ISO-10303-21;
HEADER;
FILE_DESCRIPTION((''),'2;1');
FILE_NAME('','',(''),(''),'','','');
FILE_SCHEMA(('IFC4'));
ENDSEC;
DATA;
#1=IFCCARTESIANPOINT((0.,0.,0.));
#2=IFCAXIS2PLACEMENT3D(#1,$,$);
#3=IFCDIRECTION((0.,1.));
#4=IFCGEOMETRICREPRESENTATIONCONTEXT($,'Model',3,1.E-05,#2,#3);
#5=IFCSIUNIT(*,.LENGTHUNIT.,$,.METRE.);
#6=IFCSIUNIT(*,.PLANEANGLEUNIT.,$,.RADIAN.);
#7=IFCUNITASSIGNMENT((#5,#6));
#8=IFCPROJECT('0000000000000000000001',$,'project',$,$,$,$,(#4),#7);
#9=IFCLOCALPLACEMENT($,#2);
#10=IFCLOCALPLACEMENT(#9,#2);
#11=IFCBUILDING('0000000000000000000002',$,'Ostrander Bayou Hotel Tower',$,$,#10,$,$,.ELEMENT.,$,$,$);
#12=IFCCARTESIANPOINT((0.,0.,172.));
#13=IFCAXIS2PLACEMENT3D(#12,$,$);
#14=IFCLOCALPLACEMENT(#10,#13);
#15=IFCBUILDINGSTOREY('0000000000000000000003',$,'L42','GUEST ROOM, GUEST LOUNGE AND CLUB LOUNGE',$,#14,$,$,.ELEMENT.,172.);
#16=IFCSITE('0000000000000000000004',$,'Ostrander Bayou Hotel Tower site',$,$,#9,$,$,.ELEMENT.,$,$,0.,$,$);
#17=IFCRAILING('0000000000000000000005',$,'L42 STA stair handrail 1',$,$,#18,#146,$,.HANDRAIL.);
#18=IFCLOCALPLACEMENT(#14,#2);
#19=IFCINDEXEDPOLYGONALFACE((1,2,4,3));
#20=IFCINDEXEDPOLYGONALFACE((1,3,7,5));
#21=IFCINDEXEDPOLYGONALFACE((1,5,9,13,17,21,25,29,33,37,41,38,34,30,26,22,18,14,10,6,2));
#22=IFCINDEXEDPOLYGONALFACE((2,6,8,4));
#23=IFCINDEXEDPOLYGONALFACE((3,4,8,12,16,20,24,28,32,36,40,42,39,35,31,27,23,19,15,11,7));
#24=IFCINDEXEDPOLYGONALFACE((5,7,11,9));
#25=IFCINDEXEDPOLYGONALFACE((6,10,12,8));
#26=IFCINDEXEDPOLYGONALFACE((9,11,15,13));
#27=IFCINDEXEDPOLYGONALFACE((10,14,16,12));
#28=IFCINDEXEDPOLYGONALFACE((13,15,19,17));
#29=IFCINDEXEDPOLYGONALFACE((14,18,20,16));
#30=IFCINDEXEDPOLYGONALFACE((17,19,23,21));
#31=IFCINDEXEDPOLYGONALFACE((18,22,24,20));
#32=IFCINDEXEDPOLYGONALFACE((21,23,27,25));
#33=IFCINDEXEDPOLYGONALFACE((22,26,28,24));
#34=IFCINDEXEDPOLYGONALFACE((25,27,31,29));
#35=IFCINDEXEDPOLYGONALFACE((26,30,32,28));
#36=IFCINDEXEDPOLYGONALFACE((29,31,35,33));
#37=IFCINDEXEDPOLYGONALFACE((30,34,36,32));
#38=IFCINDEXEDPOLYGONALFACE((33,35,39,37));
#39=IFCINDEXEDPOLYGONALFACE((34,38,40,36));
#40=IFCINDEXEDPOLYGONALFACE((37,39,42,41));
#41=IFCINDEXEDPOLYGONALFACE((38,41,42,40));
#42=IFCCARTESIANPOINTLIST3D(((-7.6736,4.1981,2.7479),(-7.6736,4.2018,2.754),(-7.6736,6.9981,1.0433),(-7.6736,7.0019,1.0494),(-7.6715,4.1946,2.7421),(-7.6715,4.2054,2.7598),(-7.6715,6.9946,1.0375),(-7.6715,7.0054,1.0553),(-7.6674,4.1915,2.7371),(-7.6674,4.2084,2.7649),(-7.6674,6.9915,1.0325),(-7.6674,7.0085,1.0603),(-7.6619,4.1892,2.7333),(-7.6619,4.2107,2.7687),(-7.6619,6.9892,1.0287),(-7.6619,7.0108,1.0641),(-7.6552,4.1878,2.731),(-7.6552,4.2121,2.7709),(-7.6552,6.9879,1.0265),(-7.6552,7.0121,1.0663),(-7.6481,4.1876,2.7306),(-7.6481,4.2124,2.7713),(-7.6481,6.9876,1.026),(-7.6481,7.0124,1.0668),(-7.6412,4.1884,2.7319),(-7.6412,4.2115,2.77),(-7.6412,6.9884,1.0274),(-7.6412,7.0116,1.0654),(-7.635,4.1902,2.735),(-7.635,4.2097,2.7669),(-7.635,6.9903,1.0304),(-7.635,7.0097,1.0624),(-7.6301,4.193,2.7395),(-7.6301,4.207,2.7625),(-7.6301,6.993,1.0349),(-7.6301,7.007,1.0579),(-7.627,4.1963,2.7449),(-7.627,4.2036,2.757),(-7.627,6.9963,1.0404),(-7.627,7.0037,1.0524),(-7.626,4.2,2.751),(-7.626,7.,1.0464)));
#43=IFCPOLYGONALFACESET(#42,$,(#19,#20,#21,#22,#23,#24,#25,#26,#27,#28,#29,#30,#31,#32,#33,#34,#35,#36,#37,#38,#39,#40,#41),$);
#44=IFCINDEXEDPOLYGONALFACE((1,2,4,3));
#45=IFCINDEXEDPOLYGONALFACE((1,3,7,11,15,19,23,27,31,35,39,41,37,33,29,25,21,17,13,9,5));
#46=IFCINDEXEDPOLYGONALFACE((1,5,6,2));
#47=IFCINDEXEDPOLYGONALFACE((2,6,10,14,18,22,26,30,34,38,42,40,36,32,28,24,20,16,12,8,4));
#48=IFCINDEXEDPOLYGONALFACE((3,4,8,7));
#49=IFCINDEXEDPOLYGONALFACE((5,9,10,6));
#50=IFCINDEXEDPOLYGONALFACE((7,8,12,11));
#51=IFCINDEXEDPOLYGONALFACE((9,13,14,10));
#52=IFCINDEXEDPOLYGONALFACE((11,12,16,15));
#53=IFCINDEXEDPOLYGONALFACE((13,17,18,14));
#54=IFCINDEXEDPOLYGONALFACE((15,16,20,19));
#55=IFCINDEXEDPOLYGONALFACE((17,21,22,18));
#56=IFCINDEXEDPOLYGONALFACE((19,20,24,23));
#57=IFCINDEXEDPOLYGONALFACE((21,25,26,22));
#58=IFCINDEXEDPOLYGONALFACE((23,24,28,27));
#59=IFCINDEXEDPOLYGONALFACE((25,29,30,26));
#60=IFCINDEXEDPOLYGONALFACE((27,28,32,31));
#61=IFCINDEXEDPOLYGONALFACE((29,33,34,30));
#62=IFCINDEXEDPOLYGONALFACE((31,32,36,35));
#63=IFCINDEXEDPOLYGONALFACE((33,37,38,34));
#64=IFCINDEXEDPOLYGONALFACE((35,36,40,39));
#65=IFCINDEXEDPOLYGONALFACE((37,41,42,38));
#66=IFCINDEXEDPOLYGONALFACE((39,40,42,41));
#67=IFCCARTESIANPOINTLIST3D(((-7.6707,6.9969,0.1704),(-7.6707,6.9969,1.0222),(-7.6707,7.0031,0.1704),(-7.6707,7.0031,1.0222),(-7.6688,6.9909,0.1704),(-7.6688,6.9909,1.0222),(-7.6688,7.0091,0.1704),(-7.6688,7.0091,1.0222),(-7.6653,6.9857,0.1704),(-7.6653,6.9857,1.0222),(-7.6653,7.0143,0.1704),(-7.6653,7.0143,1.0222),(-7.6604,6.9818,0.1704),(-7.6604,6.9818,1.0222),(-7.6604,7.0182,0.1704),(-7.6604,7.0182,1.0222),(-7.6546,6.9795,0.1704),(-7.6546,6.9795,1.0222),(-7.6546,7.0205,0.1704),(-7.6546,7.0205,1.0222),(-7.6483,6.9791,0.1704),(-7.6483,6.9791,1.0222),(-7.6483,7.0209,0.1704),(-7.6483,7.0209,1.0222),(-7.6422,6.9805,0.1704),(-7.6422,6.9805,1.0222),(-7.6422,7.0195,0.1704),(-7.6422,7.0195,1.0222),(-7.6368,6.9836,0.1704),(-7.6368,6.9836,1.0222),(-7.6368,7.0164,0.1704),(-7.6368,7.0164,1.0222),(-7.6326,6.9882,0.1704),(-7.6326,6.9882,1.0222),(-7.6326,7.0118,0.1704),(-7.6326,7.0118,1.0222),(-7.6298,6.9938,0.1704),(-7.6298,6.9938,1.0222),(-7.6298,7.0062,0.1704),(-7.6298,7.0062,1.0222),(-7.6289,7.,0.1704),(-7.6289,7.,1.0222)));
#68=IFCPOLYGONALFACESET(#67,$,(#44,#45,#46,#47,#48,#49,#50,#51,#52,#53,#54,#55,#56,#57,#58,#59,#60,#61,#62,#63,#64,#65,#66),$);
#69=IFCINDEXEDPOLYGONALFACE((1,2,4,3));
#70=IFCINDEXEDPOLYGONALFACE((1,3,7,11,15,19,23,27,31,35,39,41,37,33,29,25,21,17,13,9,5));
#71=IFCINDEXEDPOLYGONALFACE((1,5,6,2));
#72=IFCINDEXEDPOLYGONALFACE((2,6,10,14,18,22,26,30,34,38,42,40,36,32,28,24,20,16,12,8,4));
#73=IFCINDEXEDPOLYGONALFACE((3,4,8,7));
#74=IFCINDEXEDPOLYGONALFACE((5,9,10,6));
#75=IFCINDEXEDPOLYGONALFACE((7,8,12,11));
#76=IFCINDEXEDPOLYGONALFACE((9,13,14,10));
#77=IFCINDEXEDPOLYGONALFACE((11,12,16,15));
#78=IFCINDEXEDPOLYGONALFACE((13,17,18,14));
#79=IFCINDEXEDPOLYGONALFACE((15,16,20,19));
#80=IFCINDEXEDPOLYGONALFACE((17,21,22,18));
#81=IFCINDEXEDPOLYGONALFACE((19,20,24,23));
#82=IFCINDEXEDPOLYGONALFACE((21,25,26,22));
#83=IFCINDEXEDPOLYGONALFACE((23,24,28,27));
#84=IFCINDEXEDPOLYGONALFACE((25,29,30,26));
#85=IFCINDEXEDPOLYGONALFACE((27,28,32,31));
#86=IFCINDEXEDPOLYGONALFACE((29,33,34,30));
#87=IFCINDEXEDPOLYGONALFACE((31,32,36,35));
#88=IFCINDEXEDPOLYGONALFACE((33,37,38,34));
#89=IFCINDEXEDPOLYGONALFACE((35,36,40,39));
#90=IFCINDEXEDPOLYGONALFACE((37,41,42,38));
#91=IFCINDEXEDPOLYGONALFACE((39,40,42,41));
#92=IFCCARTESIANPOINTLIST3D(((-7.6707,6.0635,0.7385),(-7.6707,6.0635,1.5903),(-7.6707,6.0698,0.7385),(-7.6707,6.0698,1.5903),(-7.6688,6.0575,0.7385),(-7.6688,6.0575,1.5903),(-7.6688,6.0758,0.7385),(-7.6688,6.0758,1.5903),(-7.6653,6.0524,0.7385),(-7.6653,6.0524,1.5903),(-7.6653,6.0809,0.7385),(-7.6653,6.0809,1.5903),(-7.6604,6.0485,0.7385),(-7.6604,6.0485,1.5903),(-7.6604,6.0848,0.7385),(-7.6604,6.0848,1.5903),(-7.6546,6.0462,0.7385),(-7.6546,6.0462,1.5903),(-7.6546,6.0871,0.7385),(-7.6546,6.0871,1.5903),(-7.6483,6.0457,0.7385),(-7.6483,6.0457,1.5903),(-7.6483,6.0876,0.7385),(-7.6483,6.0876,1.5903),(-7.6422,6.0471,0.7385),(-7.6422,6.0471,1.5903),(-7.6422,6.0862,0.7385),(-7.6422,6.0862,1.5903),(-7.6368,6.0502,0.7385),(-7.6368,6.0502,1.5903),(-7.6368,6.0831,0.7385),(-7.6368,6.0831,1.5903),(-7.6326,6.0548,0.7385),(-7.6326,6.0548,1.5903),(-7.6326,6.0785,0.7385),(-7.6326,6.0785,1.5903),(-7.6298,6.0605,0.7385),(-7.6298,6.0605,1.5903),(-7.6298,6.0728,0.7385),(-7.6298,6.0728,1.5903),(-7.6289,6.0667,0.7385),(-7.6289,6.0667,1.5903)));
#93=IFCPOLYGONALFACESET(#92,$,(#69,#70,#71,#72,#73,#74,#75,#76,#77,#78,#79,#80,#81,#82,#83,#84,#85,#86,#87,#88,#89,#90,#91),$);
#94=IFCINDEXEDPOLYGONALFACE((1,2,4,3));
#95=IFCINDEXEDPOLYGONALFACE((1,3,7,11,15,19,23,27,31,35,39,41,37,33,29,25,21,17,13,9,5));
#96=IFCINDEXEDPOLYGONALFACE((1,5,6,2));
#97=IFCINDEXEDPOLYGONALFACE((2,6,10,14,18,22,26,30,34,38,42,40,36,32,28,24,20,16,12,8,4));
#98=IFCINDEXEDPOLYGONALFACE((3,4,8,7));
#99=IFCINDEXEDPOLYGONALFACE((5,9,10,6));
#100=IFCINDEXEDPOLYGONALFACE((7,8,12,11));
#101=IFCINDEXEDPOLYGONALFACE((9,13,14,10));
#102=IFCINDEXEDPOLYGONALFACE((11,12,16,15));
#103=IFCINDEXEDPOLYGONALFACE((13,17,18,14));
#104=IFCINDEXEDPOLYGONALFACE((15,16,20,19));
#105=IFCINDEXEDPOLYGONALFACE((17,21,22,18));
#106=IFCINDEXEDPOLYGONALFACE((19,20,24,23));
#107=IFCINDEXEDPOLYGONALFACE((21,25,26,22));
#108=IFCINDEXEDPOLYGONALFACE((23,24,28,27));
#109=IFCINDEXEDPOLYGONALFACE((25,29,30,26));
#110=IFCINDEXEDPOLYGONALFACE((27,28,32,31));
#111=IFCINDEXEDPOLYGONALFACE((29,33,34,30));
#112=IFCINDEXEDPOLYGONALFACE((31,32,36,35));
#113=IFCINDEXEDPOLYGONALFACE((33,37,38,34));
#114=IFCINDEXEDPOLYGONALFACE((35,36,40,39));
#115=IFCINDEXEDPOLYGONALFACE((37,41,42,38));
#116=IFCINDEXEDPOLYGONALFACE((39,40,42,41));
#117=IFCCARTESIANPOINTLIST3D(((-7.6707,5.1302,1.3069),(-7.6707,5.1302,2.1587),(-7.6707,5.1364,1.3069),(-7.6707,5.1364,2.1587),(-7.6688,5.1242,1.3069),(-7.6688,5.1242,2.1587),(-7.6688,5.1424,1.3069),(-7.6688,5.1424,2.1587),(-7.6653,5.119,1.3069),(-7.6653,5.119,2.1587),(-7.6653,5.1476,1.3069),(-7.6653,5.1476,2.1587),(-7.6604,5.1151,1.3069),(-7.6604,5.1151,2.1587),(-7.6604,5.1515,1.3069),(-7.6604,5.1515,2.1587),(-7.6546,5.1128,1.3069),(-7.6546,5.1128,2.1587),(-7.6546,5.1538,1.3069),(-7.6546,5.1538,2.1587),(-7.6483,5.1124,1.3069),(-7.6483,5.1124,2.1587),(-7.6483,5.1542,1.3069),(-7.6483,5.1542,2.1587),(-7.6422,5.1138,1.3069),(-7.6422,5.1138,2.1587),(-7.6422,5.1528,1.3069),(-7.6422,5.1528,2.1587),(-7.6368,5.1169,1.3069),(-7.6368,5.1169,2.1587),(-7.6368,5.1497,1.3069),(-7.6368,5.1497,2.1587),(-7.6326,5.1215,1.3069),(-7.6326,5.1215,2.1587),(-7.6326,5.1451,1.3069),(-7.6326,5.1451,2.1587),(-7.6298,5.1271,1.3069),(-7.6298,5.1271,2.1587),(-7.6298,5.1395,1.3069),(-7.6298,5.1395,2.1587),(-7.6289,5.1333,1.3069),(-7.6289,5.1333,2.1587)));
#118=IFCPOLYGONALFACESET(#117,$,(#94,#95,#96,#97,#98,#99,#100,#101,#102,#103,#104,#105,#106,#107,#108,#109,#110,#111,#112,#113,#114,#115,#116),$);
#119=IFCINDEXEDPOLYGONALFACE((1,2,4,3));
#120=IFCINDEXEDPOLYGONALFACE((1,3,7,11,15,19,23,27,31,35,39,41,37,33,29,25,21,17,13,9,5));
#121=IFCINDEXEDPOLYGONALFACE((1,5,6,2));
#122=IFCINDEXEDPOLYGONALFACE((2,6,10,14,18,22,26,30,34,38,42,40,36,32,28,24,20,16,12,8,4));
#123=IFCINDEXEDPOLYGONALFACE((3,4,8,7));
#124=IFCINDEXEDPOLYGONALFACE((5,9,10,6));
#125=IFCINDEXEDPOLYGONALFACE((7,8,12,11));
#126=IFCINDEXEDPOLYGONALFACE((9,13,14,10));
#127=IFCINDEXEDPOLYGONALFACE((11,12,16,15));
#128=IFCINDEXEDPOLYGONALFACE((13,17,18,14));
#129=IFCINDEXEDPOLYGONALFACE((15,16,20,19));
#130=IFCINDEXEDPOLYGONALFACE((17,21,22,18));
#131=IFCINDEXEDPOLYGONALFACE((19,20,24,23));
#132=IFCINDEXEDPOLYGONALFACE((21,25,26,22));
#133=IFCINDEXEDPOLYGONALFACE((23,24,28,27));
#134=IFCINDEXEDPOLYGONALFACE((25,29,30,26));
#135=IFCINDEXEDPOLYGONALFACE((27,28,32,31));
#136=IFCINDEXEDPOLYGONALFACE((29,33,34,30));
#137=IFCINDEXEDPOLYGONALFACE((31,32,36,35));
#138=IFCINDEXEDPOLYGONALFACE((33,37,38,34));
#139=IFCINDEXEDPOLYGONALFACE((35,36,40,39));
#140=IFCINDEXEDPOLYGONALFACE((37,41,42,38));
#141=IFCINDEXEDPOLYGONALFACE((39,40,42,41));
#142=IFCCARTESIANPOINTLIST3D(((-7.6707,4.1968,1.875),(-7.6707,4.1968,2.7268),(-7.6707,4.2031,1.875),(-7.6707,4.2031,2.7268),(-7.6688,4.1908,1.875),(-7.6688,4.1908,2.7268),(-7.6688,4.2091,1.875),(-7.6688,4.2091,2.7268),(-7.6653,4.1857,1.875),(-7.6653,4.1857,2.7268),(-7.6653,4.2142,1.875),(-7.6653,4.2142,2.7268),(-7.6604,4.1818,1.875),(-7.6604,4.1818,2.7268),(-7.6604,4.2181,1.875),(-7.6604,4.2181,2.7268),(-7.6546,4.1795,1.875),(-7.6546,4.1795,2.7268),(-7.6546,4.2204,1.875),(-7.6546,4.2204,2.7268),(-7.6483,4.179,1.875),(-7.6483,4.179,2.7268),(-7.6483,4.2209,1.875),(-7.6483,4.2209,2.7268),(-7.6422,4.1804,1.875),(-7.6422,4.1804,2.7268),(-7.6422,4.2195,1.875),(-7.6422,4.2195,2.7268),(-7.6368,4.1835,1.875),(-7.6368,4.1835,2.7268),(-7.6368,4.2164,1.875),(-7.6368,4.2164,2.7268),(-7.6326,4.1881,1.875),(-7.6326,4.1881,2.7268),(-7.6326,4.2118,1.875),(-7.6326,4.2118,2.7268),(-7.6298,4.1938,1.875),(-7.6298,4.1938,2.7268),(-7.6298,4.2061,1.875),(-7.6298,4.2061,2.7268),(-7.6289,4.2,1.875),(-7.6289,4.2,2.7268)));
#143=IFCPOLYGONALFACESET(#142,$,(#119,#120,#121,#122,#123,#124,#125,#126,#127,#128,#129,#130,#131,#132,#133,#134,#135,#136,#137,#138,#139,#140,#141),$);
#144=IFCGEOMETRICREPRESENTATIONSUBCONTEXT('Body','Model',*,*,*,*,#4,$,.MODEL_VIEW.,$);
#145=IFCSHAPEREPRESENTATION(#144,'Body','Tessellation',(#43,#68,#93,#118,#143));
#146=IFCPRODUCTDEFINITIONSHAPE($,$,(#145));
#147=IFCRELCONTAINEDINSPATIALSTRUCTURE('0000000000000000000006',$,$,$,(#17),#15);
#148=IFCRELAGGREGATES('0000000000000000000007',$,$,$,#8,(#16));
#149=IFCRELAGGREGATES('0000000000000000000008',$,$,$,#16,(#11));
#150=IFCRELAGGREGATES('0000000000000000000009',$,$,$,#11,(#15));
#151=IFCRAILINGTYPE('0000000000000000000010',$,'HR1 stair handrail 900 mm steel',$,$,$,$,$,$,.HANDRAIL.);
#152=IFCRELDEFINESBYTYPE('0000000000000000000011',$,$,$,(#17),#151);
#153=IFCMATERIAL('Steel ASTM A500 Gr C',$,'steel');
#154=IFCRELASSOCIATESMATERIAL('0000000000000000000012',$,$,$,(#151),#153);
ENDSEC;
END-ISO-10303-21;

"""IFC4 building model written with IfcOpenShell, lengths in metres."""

from ifc_helpers import new_model, si_unit, direction, frame, origin, origin_2d, place, context, subcontext, project, spatial, circle, extrude, material, type_object, element, save


model = new_model("IFC4")

# Units and contexts
model_context = context("Model", 3, precision=1e-05, world=origin(), true_north=direction((0.0, 1.0)))
body_context = subcontext(model_context, "Body", "Model", "MODEL_VIEW")
ifc_project = project(units=[si_unit("LENGTHUNIT", "METRE"), si_unit("PLANEANGLEUNIT", "RADIAN")], contexts=[model_context])

# Site, building, storey
site_placement = place(None, origin())
site = spatial("IfcSite", under=ifc_project, at=site_placement, Name="Ostrander Bayou Hotel Tower site", CompositionType="ELEMENT", RefElevation=0.0)
building_placement = place(site_placement, origin())
building = spatial("IfcBuilding", under=site, at=building_placement, Name="Ostrander Bayou Hotel Tower", CompositionType="ELEMENT")
storey_placement = place(building_placement, frame((0.0, 0.0, 172.0)))
storey = spatial("IfcBuildingStorey", under=building, at=storey_placement, Name="L42", Description="GUEST ROOM, GUEST LOUNGE AND CLUB LOUNGE", CompositionType="ELEMENT", Elevation=172.0)

# Railing
ifc_material_1 = material(Name="Steel ASTM A500 Gr C", Category="steel")
railing_type_1 = type_object("IfcRailingType", Name="HR1 stair handrail 900 mm steel", PredefinedType="HANDRAIL", material=ifc_material_1)
railing_1_placement = place(storey_placement, frame((-7.6499, 7.0, 0.1704)))
element("IfcRailing", 1, at=railing_1_placement, inside=storey, type_object=railing_type_1, Name="L42 STA stair handrail 1", PredefinedType="HANDRAIL", context=body_context, shape_type="SweptSolid", body=[
    extrude(circle(Radius=0.0239, at=origin_2d()), frame((0.0, 0.0, 0.876), z_axis=(0.0, -0.85417, 0.519994), x_axis=(1.0, 0.0, 0.0)), (0.0, 0.0, 1.0), 3.2781),
    extrude(circle(Radius=0.021, at=origin_2d()), origin(), (0.0, 0.0, 1.0), 0.8518),
    extrude(circle(Radius=0.021, at=origin_2d()), frame((0.0, -0.9333, 0.5681)), (0.0, 0.0, 1.0), 0.8518),
    extrude(circle(Radius=0.021, at=origin_2d()), frame((0.0, -1.8667, 1.1365)), (0.0, 0.0, 1.0), 0.8518),
    extrude(circle(Radius=0.021, at=origin_2d()), frame((0.0, -2.8, 1.7046)), (0.0, 0.0, 1.0), 0.8518),
])

save(model, "model.ifc")
